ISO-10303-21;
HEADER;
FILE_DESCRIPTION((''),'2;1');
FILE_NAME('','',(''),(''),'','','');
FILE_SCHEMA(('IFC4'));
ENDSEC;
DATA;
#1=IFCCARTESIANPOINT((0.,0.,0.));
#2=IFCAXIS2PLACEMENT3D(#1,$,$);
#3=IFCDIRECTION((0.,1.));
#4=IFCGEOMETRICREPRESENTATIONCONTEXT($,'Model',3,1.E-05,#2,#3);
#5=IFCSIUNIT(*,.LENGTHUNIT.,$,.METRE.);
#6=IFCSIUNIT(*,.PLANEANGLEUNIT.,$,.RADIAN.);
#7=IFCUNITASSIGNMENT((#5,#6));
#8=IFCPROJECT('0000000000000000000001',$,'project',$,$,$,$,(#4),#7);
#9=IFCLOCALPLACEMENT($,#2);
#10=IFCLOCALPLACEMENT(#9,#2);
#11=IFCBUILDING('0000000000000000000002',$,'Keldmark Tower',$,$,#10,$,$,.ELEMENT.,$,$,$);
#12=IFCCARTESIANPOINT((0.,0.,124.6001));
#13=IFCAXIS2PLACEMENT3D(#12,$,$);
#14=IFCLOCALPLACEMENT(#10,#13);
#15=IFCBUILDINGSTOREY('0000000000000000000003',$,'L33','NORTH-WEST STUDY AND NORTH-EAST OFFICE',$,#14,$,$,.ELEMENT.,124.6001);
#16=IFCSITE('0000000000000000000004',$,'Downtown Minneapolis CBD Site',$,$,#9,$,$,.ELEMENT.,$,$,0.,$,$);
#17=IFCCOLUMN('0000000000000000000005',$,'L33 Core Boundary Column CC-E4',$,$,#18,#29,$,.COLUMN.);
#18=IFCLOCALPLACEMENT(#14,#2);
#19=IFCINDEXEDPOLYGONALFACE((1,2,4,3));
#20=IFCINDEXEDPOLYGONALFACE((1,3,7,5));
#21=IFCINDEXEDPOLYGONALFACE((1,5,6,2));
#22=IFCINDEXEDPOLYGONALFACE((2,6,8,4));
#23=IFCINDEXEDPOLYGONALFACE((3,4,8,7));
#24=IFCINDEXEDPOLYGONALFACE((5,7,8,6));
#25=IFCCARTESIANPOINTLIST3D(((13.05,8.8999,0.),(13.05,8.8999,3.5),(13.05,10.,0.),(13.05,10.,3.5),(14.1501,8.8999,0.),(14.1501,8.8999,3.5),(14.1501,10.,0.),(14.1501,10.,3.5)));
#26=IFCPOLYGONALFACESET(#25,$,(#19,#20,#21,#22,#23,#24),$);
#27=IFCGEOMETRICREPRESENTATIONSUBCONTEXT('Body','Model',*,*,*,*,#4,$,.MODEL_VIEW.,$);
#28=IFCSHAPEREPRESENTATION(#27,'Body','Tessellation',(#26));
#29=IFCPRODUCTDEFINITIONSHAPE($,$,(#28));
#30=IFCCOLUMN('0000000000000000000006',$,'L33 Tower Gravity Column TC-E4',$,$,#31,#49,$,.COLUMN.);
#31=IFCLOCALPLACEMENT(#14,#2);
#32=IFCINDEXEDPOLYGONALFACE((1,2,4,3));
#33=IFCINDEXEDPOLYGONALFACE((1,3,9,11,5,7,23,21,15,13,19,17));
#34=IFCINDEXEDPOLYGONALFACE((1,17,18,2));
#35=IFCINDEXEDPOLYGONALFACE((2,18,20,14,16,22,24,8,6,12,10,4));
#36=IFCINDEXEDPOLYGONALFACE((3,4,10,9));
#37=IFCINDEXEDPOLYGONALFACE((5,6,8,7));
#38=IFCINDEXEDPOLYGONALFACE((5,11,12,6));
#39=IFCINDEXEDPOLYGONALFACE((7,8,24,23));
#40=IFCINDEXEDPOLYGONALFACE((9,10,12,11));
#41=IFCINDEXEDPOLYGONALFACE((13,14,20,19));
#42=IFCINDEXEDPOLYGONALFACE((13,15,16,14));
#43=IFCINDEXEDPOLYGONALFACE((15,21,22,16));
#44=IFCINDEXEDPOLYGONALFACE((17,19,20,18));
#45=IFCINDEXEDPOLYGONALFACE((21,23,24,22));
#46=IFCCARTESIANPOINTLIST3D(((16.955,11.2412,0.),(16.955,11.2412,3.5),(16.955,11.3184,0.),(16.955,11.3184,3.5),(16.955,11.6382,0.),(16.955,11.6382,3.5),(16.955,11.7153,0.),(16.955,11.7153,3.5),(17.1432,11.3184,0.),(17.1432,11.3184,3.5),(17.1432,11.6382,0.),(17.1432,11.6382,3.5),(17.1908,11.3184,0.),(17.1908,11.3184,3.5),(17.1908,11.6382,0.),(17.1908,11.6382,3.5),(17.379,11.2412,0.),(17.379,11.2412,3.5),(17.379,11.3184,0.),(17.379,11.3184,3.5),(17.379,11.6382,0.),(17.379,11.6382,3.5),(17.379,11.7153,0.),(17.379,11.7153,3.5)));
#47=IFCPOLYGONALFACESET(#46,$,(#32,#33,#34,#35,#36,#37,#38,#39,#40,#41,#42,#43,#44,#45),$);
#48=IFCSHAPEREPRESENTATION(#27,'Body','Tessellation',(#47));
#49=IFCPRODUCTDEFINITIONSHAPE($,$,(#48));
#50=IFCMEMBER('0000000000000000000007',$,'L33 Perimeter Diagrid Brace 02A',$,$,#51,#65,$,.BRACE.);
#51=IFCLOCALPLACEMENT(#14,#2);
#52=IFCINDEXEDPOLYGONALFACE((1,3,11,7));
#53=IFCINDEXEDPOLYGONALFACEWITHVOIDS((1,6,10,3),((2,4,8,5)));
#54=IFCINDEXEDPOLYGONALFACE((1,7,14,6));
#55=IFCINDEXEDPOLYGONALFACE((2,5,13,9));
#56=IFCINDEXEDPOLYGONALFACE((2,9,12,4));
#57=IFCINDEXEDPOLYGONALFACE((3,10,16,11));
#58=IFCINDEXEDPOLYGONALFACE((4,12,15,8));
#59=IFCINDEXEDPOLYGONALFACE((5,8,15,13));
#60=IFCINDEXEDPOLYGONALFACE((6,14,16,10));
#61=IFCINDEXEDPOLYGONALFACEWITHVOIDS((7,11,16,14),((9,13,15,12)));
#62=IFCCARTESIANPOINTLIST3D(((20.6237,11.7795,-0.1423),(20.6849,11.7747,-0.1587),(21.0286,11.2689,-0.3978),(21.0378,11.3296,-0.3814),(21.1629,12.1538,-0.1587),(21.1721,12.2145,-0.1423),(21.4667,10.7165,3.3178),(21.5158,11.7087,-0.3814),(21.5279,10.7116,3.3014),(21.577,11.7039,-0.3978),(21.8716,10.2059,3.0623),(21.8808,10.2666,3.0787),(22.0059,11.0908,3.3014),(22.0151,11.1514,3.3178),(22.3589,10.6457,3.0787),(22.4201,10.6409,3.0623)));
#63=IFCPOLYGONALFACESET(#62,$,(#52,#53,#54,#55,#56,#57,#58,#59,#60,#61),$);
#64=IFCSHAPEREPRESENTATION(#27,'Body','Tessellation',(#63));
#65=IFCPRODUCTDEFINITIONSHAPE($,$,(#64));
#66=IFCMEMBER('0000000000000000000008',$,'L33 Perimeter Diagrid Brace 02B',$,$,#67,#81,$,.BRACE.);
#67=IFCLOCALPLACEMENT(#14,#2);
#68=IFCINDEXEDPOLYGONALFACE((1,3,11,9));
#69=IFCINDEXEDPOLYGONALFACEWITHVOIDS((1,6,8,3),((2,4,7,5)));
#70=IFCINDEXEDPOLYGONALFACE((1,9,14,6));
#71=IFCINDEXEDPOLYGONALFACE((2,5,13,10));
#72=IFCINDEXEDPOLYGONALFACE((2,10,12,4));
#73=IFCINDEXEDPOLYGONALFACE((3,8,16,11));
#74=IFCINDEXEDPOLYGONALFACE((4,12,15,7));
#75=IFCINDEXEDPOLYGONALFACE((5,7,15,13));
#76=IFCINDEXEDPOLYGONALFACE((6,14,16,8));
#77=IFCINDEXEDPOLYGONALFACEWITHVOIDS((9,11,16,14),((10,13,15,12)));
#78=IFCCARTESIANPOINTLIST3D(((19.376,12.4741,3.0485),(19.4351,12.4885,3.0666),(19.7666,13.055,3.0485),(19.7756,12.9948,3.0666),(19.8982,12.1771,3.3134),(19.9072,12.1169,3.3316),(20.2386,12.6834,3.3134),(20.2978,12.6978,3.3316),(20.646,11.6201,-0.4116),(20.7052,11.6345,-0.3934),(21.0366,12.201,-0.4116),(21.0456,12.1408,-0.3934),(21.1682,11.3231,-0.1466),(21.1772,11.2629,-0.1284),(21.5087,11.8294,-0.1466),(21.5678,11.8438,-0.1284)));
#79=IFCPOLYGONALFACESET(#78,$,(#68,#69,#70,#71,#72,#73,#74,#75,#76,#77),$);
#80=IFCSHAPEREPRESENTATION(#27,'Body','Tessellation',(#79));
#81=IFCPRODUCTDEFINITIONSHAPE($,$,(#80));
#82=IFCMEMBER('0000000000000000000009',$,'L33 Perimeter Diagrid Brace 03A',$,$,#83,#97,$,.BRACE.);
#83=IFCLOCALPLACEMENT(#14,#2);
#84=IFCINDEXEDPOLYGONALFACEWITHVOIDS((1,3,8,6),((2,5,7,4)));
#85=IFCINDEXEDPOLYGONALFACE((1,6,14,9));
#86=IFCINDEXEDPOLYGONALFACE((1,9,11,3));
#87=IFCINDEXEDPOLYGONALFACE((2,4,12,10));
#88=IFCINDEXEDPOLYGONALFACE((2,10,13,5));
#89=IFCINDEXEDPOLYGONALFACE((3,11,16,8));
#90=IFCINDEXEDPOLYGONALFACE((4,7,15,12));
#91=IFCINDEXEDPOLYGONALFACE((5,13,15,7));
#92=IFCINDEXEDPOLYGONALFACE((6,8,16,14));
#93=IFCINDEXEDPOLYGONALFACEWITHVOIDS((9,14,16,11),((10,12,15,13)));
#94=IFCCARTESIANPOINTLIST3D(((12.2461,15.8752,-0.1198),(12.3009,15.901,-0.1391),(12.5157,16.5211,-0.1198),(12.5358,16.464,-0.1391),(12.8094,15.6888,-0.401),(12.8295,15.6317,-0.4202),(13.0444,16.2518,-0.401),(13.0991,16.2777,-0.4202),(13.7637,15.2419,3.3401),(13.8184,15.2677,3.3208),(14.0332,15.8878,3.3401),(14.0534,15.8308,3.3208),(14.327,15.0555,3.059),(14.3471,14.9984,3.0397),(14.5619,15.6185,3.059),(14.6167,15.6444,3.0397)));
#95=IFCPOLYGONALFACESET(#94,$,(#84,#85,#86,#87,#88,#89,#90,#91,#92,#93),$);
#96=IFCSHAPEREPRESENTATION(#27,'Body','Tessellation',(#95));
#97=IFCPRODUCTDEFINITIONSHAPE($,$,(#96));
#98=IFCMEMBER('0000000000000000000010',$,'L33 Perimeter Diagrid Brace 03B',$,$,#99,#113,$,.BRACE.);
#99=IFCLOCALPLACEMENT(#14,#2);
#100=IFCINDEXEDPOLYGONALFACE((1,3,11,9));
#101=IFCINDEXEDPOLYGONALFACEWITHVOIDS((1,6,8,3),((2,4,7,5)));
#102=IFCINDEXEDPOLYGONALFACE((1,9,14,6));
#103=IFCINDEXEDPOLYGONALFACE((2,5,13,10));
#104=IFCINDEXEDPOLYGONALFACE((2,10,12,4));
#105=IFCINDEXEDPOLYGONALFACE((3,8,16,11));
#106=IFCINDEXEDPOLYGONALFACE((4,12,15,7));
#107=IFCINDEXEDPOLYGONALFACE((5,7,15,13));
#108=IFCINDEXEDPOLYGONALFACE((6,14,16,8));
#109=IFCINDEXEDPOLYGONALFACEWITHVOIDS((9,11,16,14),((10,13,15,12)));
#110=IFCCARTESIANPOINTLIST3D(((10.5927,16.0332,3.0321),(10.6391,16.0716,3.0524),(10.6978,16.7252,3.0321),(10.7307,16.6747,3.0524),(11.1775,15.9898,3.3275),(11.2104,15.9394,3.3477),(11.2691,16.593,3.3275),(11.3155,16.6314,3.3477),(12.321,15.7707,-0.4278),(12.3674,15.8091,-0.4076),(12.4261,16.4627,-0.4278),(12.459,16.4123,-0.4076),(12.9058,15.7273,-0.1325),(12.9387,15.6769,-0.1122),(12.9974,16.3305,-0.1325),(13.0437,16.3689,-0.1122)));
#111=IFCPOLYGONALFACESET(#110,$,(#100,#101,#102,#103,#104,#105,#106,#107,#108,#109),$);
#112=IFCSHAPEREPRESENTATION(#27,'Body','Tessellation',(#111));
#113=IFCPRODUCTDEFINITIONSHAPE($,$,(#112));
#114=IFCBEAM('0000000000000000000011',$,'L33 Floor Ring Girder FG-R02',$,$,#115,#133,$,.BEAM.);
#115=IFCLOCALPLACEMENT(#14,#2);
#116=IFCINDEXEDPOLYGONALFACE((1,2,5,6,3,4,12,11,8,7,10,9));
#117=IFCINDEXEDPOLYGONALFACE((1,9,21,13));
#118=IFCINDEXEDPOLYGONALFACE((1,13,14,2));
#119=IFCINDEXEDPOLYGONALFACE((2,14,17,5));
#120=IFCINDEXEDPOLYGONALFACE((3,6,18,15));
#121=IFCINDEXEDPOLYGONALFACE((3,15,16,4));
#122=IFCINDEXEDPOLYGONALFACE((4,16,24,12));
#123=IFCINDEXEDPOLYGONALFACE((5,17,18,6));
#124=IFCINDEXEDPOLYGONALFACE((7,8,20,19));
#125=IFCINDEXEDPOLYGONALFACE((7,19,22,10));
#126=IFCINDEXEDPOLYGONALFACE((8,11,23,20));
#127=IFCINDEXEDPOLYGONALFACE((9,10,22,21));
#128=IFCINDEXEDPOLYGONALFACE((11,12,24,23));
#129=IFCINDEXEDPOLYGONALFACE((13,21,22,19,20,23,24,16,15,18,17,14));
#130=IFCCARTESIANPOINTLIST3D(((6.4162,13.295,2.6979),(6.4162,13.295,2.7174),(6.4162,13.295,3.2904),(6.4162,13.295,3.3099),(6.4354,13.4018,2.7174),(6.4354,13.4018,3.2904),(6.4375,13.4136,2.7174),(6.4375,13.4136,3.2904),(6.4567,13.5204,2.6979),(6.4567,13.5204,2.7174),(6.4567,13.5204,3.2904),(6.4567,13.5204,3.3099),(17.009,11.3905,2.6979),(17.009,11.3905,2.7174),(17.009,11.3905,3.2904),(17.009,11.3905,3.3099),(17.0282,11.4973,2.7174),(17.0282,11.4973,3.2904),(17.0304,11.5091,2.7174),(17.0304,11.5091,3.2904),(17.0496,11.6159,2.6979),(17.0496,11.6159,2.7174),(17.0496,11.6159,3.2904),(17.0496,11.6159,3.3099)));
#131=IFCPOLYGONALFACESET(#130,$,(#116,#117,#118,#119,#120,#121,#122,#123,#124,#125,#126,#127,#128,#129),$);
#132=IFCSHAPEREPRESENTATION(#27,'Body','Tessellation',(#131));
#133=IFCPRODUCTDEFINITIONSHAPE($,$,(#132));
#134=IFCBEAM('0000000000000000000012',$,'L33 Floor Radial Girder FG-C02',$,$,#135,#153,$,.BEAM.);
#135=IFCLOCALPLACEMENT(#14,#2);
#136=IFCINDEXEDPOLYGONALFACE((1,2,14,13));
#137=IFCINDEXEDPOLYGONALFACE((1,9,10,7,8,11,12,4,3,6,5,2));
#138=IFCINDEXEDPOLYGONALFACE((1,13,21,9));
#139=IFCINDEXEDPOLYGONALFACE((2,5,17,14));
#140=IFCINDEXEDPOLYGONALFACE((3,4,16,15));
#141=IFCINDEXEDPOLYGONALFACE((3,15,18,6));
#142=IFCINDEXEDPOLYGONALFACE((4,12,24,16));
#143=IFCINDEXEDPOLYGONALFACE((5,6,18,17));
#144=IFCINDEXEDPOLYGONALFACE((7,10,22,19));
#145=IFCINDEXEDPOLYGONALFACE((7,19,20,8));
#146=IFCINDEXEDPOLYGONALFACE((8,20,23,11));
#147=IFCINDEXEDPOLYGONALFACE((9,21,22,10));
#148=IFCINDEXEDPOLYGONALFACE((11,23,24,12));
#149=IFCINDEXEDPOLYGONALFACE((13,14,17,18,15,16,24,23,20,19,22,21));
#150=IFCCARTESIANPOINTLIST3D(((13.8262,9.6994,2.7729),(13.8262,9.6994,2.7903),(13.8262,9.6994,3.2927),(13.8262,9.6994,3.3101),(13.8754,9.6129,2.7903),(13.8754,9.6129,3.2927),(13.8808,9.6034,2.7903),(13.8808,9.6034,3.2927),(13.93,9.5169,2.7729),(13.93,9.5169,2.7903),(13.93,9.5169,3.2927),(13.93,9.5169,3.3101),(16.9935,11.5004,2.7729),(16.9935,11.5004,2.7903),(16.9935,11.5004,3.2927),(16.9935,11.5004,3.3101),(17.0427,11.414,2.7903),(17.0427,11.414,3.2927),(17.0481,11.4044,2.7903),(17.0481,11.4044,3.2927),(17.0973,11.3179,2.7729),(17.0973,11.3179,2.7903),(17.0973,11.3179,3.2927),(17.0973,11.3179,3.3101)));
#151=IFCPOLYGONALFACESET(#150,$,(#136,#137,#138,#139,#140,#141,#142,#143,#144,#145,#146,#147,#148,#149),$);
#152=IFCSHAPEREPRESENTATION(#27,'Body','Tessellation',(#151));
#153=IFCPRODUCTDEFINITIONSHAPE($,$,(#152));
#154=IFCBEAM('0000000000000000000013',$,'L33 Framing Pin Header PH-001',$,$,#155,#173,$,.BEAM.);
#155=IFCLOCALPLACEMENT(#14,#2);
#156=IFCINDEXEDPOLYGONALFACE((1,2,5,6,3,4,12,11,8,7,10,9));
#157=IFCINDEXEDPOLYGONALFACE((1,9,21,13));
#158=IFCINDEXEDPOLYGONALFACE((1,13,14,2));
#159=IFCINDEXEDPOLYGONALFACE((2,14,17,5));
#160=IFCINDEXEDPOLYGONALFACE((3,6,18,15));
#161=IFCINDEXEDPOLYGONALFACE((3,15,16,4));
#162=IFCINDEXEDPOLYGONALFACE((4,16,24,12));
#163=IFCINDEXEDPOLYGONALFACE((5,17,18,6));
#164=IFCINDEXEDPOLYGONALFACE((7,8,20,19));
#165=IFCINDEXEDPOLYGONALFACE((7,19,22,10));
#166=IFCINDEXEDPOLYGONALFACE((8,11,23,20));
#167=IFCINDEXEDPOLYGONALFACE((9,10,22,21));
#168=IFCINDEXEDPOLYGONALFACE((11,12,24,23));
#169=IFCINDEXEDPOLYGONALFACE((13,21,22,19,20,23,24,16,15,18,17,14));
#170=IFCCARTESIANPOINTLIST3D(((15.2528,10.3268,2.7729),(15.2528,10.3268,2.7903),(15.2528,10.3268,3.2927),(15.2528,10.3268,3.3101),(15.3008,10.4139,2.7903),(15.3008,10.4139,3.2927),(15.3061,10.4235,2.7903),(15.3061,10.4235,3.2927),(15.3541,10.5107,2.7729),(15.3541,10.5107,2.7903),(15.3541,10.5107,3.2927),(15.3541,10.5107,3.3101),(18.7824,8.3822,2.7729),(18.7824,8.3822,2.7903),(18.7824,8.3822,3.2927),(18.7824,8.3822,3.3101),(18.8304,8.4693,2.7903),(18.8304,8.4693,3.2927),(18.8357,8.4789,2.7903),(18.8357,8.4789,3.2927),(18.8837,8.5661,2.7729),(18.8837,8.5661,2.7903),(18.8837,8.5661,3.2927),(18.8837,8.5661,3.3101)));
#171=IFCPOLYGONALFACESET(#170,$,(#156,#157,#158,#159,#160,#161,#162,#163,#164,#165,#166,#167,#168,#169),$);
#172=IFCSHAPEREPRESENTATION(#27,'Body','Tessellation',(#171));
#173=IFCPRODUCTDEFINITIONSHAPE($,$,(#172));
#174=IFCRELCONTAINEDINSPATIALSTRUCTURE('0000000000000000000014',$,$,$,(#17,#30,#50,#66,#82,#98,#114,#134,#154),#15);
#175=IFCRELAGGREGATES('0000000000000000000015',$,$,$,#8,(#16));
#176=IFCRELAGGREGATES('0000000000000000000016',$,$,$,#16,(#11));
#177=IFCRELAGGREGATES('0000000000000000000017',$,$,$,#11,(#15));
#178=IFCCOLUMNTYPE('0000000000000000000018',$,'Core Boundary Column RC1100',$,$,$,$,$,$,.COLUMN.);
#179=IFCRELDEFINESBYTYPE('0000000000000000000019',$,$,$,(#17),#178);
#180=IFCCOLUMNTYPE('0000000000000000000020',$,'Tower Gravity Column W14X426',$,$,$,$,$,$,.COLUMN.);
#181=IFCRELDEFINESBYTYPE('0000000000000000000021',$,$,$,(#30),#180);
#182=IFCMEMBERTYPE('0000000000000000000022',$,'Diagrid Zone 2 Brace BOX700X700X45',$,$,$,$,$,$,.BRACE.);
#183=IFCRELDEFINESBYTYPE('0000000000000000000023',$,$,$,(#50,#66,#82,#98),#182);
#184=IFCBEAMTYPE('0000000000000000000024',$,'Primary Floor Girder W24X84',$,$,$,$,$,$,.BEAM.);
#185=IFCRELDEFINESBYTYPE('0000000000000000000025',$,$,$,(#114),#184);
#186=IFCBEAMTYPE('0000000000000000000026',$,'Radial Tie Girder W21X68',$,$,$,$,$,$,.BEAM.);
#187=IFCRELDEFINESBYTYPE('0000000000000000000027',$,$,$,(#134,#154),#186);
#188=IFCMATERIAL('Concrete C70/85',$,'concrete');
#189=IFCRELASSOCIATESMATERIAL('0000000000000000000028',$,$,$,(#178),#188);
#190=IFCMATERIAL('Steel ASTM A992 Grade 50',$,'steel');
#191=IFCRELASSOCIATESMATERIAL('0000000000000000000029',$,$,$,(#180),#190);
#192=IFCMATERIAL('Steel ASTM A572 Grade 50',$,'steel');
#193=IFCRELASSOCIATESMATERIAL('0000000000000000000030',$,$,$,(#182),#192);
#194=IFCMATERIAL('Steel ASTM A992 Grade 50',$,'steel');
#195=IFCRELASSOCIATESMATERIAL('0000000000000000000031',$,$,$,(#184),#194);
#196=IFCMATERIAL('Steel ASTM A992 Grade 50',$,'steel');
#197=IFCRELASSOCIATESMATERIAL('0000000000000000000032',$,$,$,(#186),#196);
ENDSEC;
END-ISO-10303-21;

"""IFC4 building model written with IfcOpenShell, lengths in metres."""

from ifc_helpers import new_model, si_unit, direction, frame, origin, origin_2d, place, context, subcontext, project, spatial, rectangle, hollow_rectangle, i_section, extrude, material, material_profile, profile_set, type_object, element, save


model = new_model("IFC4")

# Units and contexts
model_context = context("Model", 3, precision=1e-05, world=origin(), true_north=direction((0.0, 1.0)))
body_context = subcontext(model_context, "Body", "Model", "MODEL_VIEW")
ifc_project = project(units=[si_unit("LENGTHUNIT", "METRE"), si_unit("PLANEANGLEUNIT", "RADIAN")], contexts=[model_context])

# Site, building, storey
site_placement = place(None, origin())
site = spatial("IfcSite", under=ifc_project, at=site_placement, Name="Downtown Minneapolis CBD Site", CompositionType="ELEMENT", RefElevation=0.0)
building_placement = place(site_placement, origin())
building = spatial("IfcBuilding", under=site, at=building_placement, Name="Keldmark Tower", CompositionType="ELEMENT")
storey_placement = place(building_placement, frame((0.0, 0.0, 124.6001)))
storey = spatial("IfcBuildingStorey", under=building, at=storey_placement, Name="L33", Description="NORTH-WEST STUDY AND NORTH-EAST OFFICE", CompositionType="ELEMENT", Elevation=124.6001)

# Columns
ifc_material_1 = material(Name="Concrete C70/85", Category="concrete")
ifc_material_profile_1 = material_profile(ifc_material_1, rectangle(XDim=1.1001, YDim=1.1001, at=origin_2d()), Name="RC1100X1100")
ifc_profile_set_1 = profile_set([ifc_material_profile_1], Name="Concrete C70/85")
column_type_1 = type_object("IfcColumnType", Name="Core Boundary Column RC1100", PredefinedType="COLUMN", material=ifc_profile_set_1)
column_1_placement = place(storey_placement, frame((13.6001, 9.45, 0.0), z_axis=(0.0, 0.0, 1.0), x_axis=(1.0, 0.0, 0.0)))
element("IfcColumn", 1, at=column_1_placement, inside=storey, type_object=column_type_1, Name="L33 Core Boundary Column CC-E4", PredefinedType="COLUMN", context=body_context, shape_type="SweptSolid", body=[
    extrude(rectangle(XDim=1.1001, YDim=1.1001, at=origin_2d()), origin(), (0.0, 0.0, 1.0), 3.5),
])
ifc_material_2 = material(Name="Steel ASTM A992 Grade 50", Category="steel")
ifc_material_profile_2 = material_profile(ifc_material_2, i_section(OverallWidth=0.4241, OverallDepth=0.4741, WebThickness=0.0476, FlangeThickness=0.0771, at=origin_2d()), Name="W14X426")
ifc_profile_set_2 = profile_set([ifc_material_profile_2], Name="Steel ASTM A992 Grade 50")
column_type_2 = type_object("IfcColumnType", Name="Tower Gravity Column W14X426", PredefinedType="COLUMN", material=ifc_profile_set_2)
column_2_placement = place(storey_placement, frame((17.167, 11.4783, 0.0), z_axis=(0.0, 0.0, 1.0), x_axis=(1.0, 0.0, 0.0)))
element("IfcColumn", 2, at=column_2_placement, inside=storey, type_object=column_type_2, Name="L33 Tower Gravity Column TC-E4", PredefinedType="COLUMN", context=body_context, shape_type="SweptSolid", body=[
    extrude(i_section(OverallWidth=0.4241, OverallDepth=0.4741, WebThickness=0.0476, FlangeThickness=0.0771, at=origin_2d()), origin(), (0.0, 0.0, 1.0), 3.5),
])

# Members
ifc_material_3 = material(Name="Steel ASTM A572 Grade 50", Category="steel")
ifc_material_profile_3 = material_profile(ifc_material_3, hollow_rectangle(XDim=0.7, YDim=0.7, WallThickness=0.0449, at=origin_2d()), Name="BOX700X700X45")
ifc_profile_set_3 = profile_set([ifc_material_profile_3], Name="Steel ASTM A572 Grade 50")
member_type = type_object("IfcMemberType", Name="Diagrid Zone 2 Brace BOX700X700X45", PredefinedType="BRACE", material=ifc_profile_set_3)
member_1_placement = place(storey_placement, frame((21.1003, 11.7417, -0.27), z_axis=(0.226834, -0.286023, 0.930987), x_axis=(0.783513, 0.621376, 0.0)))
element("IfcMember", 3, at=member_1_placement, inside=storey, type_object=member_type, Name="L33 Perimeter Diagrid Brace 02A", PredefinedType="BRACE", context=body_context, shape_type="SweptSolid", body=[
    extrude(hollow_rectangle(XDim=0.7, YDim=0.7, WallThickness=0.0449, at=origin_2d()), origin(), (0.0, 0.0, 1.0), 3.7166),
])
member_2_placement = place(storey_placement, frame((21.1069, 11.7319, -0.27), z_axis=(-0.335688, 0.225728, 0.914527), x_axis=(-0.558009, -0.829835, 0.0)))
element("IfcMember", 4, at=member_2_placement, inside=storey, type_object=member_type, Name="L33 Perimeter Diagrid Brace 02B", PredefinedType="BRACE", context=body_context, shape_type="SweptSolid", body=[
    extrude(hollow_rectangle(XDim=0.7, YDim=0.7, WallThickness=0.0449, at=origin_2d()), origin(), (0.0, 0.0, 1.0), 3.7834),
])
member_3_placement = place(storey_placement, frame((12.6726, 16.0764, -0.27), z_axis=(0.396146, -0.165316, 0.903183), x_axis=(0.385121, 0.922866, 0.0)))
element("IfcMember", 5, at=member_3_placement, inside=storey, type_object=member_type, Name="L33 Perimeter Diagrid Brace 03A", PredefinedType="BRACE", context=body_context, shape_type="SweptSolid", body=[
    extrude(hollow_rectangle(XDim=0.7, YDim=0.7, WallThickness=0.0449, at=origin_2d()), origin(), (0.0, 0.0, 1.0), 3.8308),
])
member_4_placement = place(storey_placement, frame((12.6824, 16.0698, -0.27), z_axis=(-0.445835, 0.067703, 0.892551), x_axis=(-0.150136, -0.988665, 0.0)))
element("IfcMember", 6, at=member_4_placement, inside=storey, type_object=member_type, Name="L33 Perimeter Diagrid Brace 03B", PredefinedType="BRACE", context=body_context, shape_type="SweptSolid", body=[
    extrude(hollow_rectangle(XDim=0.7, YDim=0.7, WallThickness=0.0449, at=origin_2d()), origin(), (0.0, 0.0, 1.0), 3.8765),
])

# Beams
ifc_material_4 = material(Name="Steel ASTM A992 Grade 50", Category="steel")
ifc_material_profile_4 = material_profile(ifc_material_4, i_section(OverallWidth=0.229, OverallDepth=0.6121, WebThickness=0.012, FlangeThickness=0.0195, at=origin_2d()), Name="W24X84")
ifc_profile_set_4 = profile_set([ifc_material_profile_4], Name="Steel ASTM A992 Grade 50")
beam_type_1 = type_object("IfcBeamType", Name="Primary Floor Girder W24X84", PredefinedType="BEAM", material=ifc_profile_set_4)
beam_1_placement = place(storey_placement, frame((17.0293, 11.5032, 3.0039), z_axis=(-0.984218, 0.176959, 0.0), x_axis=(-0.176959, -0.984218, 0.0)))
element("IfcBeam", 7, at=beam_1_placement, inside=storey, type_object=beam_type_1, Name="L33 Floor Ring Girder FG-R02", PredefinedType="BEAM", context=body_context, shape_type="SweptSolid", body=[
    extrude(i_section(OverallWidth=0.229, OverallDepth=0.6121, WebThickness=0.012, FlangeThickness=0.0195, at=origin_2d()), origin(), (0.0, 0.0, 1.0), 10.7627),
])
ifc_material_5 = material(Name="Steel ASTM A992 Grade 50", Category="steel")
ifc_material_profile_5 = material_profile(ifc_material_5, i_section(OverallWidth=0.21, OverallDepth=0.5371, WebThickness=0.011, FlangeThickness=0.0173, at=origin_2d()), Name="W21X68")
ifc_profile_set_5 = profile_set([ifc_material_profile_5], Name="Steel ASTM A992 Grade 50")
beam_type_2 = type_object("IfcBeamType", Name="Radial Tie Girder W21X68", PredefinedType="BEAM", material=ifc_profile_set_5)
beam_2_placement = place(storey_placement, frame((17.0454, 11.4092, 3.0415), z_axis=(-0.869284, -0.494312, 0.0), x_axis=(0.494312, -0.869284, 0.0)))
element("IfcBeam", 8, at=beam_2_placement, inside=storey, type_object=beam_type_2, Name="L33 Floor Radial Girder FG-C02", PredefinedType="BEAM", context=body_context, shape_type="SweptSolid", body=[
    extrude(i_section(OverallWidth=0.21, OverallDepth=0.5371, WebThickness=0.011, FlangeThickness=0.0173, at=origin_2d()), origin(), (0.0, 0.0, 1.0), 3.6436),
])
beam_3_placement = place(storey_placement, frame((15.3035, 10.4187, 3.0415), z_axis=(0.875866, -0.482554, 0.0), x_axis=(0.482554, 0.875866, 0.0)))
element("IfcBeam", 9, at=beam_3_placement, inside=storey, type_object=beam_type_2, Name="L33 Framing Pin Header PH-001", PredefinedType="BEAM", context=body_context, shape_type="SweptSolid", body=[
    extrude(i_section(OverallWidth=0.21, OverallDepth=0.5371, WebThickness=0.011, FlangeThickness=0.0173, at=origin_2d()), origin(), (0.0, 0.0, 1.0), 4.0298),
])

save(model, "model.ifc")
